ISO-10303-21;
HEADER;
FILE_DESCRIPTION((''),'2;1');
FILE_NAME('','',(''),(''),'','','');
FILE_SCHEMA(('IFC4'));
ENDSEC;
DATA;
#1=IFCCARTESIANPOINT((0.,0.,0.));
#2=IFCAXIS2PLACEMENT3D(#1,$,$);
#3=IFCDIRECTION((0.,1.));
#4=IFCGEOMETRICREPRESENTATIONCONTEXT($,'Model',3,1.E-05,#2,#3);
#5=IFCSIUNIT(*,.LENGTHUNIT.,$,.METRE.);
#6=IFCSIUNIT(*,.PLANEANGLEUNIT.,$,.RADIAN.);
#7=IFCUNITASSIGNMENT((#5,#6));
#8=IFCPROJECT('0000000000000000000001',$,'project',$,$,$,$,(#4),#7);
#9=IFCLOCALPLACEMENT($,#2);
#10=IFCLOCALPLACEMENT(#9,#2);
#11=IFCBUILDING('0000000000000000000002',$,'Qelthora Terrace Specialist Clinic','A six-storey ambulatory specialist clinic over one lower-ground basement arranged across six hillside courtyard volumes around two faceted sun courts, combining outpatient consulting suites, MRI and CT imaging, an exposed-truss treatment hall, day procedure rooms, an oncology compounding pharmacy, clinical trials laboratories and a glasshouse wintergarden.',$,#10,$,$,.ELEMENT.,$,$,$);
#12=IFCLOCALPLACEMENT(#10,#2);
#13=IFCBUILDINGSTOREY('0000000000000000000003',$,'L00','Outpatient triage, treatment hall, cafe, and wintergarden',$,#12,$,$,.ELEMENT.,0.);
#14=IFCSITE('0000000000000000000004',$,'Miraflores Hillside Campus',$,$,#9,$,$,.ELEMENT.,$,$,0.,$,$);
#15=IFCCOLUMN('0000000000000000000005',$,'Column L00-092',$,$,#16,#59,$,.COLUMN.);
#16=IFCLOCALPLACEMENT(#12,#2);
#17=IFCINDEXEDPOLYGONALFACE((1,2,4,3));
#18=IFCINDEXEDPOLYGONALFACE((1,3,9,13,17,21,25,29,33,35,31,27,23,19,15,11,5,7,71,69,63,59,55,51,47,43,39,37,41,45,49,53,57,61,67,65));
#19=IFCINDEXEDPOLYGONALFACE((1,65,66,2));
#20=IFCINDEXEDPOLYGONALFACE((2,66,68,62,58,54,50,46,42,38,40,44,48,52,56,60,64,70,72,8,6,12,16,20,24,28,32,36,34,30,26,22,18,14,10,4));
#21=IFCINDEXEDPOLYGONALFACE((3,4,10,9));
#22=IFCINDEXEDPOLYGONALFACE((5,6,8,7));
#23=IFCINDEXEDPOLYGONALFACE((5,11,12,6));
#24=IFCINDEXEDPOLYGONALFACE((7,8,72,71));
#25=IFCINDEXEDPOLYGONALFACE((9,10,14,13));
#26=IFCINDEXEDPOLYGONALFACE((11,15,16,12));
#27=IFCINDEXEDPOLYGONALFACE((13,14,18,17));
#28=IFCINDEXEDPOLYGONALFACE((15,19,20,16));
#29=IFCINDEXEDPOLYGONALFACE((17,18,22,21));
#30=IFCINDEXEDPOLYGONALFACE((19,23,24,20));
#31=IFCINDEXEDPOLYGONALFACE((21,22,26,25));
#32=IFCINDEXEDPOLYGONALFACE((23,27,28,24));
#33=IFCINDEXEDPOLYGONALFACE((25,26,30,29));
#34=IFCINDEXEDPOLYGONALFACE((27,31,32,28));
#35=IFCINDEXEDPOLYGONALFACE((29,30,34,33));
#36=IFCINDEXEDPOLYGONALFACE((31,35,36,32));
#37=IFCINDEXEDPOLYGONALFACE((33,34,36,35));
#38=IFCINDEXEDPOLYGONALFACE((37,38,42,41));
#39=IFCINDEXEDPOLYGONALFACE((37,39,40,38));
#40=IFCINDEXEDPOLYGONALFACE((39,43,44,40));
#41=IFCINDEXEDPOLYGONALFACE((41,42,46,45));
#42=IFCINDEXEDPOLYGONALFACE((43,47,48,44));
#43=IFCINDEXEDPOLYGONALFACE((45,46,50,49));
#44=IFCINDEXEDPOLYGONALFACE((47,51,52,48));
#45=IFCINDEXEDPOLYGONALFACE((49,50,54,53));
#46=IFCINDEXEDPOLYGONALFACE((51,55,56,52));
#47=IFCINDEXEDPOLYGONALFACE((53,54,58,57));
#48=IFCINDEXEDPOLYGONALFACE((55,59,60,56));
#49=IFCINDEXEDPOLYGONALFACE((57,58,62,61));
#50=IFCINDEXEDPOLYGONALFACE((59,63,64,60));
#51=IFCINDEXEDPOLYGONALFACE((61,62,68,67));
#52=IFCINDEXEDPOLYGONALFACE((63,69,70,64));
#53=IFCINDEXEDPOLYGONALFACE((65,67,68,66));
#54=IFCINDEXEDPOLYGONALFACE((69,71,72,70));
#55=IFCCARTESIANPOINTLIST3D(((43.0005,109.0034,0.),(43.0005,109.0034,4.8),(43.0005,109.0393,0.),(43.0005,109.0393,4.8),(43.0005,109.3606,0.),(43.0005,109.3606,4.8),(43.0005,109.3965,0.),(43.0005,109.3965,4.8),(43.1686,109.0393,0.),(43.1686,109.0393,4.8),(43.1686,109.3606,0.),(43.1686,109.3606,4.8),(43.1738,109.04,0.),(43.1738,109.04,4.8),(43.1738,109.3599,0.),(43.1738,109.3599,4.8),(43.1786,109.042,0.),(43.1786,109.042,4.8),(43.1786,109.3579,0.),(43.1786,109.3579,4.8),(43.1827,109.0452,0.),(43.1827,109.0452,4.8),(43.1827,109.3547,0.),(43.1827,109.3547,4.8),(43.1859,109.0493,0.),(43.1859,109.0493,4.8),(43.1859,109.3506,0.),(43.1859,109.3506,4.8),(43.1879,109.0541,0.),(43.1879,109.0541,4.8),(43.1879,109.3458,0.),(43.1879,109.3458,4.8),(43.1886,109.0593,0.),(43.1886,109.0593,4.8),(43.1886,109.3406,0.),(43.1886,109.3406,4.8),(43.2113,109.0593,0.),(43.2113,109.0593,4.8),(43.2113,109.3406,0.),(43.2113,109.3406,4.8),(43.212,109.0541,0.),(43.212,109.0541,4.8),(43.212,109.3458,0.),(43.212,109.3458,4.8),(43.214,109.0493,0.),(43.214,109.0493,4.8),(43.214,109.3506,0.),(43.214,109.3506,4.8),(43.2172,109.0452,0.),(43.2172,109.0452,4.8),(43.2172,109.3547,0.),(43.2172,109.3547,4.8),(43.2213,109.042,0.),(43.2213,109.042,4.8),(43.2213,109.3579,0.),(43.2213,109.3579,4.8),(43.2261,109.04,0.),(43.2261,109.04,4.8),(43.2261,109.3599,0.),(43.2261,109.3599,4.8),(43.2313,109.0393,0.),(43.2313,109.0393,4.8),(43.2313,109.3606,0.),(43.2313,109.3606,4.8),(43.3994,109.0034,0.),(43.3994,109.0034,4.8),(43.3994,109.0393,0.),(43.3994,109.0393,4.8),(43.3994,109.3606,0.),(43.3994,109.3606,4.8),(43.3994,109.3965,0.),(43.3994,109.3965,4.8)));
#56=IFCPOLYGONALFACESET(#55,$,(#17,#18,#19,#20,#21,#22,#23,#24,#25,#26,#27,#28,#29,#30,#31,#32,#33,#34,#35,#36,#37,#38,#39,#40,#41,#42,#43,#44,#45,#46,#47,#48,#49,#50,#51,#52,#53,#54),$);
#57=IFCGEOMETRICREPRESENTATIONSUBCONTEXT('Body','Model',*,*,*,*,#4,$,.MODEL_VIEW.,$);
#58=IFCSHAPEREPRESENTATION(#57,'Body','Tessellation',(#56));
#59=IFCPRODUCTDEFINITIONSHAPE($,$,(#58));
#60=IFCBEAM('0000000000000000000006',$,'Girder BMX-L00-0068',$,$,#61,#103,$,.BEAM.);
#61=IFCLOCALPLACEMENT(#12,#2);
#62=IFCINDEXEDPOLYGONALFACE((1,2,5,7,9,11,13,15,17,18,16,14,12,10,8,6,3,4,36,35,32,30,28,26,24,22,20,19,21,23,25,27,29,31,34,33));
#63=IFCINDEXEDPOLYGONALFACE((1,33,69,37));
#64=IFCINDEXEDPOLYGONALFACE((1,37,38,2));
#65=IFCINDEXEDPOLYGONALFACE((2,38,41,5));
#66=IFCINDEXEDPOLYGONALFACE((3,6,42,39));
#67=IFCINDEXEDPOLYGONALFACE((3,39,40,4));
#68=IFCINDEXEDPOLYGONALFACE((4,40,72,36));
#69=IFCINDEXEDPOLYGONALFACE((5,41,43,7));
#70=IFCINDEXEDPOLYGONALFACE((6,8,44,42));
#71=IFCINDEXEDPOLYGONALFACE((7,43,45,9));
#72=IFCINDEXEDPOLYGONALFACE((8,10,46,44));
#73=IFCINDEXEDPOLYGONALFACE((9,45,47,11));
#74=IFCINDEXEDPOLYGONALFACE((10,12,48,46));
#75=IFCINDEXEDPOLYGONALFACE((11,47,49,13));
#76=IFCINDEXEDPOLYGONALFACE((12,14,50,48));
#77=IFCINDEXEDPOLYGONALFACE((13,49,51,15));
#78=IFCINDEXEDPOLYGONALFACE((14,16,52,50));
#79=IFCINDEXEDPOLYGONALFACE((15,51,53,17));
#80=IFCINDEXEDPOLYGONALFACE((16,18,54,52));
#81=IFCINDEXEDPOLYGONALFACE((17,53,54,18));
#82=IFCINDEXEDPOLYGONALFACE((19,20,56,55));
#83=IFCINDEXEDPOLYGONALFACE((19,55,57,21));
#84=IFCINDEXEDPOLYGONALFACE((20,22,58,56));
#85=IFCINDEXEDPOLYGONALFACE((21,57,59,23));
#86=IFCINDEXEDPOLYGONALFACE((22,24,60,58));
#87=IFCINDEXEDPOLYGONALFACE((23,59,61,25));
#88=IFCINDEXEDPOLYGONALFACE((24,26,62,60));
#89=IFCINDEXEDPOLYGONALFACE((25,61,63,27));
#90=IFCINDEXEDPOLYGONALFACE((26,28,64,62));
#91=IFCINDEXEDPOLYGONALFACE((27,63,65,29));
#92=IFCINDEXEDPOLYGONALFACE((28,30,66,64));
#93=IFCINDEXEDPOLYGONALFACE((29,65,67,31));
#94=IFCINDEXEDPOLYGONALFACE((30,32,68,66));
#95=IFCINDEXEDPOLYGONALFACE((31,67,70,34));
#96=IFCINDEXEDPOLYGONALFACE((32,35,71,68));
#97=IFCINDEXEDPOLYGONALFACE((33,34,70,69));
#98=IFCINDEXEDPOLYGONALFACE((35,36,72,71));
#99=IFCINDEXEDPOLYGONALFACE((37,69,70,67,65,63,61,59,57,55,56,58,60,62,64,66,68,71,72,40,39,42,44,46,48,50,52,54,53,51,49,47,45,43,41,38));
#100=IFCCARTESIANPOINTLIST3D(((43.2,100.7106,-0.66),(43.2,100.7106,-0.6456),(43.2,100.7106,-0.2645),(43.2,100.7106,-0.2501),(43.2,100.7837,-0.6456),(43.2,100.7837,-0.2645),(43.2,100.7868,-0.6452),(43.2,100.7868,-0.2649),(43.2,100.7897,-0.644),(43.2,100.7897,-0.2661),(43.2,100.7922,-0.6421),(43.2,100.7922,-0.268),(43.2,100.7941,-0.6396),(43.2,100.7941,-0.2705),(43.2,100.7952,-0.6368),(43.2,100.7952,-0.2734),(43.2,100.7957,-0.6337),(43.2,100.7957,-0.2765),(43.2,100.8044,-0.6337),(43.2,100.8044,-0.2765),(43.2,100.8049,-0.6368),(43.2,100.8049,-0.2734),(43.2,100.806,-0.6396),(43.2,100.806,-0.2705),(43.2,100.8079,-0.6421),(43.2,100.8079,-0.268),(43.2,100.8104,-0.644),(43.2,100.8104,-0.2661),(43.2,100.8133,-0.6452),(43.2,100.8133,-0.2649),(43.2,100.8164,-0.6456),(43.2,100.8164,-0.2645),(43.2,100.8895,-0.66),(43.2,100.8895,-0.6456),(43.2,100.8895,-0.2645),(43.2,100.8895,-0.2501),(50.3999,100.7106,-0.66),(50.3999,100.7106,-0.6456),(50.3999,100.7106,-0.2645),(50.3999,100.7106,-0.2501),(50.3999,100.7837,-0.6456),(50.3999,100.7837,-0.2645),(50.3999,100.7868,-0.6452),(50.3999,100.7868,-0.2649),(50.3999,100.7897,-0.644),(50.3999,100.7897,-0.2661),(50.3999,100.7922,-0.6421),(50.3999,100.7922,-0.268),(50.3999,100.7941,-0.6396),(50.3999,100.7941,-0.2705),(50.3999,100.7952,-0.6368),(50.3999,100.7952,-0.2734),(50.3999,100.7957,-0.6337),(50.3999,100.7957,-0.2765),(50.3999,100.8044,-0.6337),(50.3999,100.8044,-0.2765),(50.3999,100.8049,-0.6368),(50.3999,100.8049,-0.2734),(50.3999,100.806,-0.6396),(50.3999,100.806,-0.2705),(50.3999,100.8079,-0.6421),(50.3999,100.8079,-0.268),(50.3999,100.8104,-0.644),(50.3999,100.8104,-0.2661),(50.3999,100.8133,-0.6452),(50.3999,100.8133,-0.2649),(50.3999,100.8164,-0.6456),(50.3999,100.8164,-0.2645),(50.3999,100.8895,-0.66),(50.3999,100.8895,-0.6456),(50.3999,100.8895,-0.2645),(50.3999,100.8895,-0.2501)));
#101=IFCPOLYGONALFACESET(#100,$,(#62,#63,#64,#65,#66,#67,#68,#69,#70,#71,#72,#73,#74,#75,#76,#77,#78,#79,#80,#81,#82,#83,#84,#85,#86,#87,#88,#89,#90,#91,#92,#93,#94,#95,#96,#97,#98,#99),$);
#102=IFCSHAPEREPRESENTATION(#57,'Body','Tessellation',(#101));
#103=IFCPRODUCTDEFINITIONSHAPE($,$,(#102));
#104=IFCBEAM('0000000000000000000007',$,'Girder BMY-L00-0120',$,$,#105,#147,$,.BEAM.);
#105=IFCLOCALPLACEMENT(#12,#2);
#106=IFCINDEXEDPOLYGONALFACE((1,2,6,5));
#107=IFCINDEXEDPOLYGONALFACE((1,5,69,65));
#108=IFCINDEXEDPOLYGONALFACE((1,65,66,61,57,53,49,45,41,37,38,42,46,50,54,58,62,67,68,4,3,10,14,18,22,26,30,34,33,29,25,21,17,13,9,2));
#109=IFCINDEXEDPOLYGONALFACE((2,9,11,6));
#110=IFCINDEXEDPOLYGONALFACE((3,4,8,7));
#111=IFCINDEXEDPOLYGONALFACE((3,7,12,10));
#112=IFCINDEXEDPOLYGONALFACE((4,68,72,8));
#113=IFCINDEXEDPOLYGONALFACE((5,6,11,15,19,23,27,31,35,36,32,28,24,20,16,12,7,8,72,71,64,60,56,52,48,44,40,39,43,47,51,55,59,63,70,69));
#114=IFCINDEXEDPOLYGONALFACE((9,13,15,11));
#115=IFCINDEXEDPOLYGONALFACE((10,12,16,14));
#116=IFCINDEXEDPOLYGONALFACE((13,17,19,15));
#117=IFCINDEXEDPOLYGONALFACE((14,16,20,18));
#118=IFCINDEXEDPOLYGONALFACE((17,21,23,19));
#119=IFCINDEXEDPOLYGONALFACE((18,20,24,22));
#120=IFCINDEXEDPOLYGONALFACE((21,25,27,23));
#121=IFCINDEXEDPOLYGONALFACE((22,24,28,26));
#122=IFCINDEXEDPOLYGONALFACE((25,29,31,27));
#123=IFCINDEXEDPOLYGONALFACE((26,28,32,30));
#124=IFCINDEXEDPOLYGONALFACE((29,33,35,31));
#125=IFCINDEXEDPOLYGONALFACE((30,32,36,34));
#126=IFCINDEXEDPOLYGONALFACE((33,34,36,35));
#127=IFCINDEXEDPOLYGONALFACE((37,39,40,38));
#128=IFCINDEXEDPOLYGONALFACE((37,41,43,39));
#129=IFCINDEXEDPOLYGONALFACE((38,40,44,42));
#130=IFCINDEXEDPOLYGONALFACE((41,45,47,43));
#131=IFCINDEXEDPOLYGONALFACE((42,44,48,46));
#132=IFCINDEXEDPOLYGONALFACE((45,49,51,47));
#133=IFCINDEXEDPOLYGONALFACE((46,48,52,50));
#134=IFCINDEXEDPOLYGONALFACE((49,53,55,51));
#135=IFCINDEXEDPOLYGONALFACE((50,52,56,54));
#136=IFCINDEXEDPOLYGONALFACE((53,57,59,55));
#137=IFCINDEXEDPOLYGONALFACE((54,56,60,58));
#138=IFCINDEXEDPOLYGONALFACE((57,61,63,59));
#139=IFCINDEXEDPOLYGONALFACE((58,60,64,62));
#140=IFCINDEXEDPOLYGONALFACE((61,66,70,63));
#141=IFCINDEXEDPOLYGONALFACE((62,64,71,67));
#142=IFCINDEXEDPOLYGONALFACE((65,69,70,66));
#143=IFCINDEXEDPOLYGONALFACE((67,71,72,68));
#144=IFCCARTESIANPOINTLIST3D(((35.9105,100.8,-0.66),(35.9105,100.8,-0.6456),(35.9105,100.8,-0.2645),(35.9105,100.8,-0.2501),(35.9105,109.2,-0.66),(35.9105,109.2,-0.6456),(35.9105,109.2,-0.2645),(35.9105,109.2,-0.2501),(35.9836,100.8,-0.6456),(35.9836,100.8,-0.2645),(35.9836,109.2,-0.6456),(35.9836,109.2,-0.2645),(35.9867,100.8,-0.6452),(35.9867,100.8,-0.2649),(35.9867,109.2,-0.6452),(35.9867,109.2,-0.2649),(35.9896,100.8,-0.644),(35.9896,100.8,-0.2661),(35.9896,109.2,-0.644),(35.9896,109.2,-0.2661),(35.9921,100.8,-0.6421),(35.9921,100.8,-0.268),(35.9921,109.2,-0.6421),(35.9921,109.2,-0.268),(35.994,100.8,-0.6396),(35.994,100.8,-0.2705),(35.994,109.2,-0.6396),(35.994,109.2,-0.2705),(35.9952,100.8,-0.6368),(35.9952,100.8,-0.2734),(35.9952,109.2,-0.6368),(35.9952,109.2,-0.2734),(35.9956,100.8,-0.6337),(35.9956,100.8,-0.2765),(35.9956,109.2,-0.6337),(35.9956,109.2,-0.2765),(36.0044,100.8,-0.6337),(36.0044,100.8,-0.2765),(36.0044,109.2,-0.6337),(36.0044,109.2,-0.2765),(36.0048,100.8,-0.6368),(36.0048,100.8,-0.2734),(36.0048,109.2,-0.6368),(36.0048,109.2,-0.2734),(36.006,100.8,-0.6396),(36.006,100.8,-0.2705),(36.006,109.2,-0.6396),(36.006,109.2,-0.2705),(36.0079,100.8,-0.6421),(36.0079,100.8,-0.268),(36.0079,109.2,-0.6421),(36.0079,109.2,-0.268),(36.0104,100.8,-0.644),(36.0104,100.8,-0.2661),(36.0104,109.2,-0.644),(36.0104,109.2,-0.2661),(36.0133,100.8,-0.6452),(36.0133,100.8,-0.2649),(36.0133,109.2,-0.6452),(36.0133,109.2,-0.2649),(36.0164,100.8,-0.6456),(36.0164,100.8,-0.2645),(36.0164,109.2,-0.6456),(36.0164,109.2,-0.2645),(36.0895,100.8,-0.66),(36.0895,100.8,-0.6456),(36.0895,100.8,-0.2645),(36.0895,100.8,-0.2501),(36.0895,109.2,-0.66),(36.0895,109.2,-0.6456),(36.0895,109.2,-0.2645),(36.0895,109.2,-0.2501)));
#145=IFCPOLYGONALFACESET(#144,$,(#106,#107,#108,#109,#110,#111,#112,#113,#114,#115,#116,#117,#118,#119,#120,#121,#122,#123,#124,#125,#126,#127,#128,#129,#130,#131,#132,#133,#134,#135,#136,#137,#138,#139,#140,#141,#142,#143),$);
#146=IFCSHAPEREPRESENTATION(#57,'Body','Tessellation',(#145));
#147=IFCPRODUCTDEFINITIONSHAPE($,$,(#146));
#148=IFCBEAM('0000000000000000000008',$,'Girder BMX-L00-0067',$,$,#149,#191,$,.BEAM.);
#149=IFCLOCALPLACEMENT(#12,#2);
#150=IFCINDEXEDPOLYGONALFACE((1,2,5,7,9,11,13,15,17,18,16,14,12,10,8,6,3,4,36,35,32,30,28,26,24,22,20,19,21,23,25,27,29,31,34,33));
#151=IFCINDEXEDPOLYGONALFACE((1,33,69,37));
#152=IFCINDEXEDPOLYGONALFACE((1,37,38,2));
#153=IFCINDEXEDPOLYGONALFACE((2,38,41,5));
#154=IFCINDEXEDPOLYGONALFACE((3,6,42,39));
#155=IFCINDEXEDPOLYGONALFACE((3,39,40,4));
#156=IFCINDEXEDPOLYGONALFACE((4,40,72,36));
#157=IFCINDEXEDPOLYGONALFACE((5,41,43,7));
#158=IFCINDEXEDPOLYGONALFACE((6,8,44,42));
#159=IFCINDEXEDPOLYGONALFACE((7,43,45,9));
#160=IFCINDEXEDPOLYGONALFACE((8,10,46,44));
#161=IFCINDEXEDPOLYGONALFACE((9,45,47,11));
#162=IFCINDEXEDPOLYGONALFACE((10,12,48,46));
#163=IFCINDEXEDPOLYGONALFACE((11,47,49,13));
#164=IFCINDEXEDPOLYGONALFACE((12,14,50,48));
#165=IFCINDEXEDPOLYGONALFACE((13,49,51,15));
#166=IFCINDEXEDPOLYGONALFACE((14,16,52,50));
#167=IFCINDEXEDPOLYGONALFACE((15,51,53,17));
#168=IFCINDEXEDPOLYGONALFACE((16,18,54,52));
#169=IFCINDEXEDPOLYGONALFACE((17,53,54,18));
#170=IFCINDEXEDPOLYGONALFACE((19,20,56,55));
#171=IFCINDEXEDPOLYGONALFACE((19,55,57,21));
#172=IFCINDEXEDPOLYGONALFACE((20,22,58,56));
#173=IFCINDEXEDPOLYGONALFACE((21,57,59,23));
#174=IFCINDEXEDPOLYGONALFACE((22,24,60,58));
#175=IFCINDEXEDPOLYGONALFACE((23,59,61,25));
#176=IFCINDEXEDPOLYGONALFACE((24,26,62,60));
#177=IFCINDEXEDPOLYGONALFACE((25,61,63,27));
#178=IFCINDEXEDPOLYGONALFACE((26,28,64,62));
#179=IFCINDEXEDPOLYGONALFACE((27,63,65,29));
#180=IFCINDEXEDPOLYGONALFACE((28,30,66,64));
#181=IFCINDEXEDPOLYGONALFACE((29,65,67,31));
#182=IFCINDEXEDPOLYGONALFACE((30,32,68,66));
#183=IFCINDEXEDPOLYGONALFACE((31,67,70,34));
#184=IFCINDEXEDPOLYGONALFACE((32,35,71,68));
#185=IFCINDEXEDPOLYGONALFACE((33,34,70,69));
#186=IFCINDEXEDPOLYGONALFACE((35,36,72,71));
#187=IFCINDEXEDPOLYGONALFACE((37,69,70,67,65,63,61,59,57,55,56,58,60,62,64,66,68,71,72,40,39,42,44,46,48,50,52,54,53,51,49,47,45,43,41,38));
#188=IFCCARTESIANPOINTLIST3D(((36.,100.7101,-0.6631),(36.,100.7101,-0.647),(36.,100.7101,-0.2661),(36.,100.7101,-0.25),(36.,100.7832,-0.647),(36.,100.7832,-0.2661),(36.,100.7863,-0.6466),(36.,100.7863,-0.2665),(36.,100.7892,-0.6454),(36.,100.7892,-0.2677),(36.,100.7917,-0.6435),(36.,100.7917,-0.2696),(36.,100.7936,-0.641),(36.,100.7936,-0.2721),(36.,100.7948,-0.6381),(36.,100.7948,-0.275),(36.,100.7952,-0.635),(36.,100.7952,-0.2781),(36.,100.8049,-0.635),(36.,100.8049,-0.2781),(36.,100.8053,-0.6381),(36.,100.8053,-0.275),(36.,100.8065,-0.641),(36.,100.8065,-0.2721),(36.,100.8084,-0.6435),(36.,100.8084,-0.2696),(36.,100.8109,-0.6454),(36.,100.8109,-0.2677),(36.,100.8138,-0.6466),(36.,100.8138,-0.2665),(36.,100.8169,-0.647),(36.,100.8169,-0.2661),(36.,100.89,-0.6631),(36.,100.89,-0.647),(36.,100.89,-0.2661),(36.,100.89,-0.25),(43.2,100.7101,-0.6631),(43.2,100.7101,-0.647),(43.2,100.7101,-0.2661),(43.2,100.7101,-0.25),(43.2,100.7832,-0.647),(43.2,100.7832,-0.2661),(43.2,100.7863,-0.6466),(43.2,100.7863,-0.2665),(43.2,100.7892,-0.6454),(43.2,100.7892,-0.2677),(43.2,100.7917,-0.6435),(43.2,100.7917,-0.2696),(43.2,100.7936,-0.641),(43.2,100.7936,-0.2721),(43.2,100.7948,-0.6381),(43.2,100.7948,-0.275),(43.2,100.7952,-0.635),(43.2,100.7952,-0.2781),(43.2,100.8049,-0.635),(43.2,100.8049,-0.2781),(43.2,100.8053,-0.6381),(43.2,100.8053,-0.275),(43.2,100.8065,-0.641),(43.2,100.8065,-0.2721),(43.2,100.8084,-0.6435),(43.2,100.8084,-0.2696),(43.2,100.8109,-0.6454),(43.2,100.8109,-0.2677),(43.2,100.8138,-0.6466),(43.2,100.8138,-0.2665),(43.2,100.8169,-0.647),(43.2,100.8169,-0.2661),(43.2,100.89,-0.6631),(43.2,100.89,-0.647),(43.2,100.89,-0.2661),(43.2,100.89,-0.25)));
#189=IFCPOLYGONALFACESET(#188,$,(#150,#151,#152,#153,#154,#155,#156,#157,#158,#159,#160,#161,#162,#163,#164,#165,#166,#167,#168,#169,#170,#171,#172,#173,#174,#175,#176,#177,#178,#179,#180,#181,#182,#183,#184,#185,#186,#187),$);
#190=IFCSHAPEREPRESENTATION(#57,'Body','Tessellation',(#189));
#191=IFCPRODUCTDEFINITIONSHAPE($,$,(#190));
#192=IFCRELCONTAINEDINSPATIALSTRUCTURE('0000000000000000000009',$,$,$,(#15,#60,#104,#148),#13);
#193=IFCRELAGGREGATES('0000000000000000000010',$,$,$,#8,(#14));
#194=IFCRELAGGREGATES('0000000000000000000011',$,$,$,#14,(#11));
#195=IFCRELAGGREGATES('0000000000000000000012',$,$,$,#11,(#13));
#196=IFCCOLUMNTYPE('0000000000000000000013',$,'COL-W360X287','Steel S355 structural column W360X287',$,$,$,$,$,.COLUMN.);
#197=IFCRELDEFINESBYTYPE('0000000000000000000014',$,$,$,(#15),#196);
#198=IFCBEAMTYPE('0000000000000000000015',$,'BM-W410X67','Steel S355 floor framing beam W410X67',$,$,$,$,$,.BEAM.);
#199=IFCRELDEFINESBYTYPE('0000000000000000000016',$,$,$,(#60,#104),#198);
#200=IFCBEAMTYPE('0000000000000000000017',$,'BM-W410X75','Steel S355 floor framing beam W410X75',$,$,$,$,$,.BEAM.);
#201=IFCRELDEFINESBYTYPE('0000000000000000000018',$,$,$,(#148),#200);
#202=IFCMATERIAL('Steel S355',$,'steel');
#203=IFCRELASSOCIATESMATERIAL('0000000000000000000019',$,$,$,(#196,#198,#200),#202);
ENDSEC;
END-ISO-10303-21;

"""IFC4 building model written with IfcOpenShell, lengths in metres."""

from ifc_helpers import new_model, si_unit, direction, frame, origin, origin_2d, place, context, subcontext, project, spatial, i_section, extrude, material, material_profile, profile_set, type_object, element, save


model = new_model("IFC4")

# Units and contexts
model_context = context("Model", 3, precision=1e-05, world=origin(), true_north=direction((0.0, 1.0)))
body_context = subcontext(model_context, "Body", "Model", "MODEL_VIEW")
ifc_project = project(units=[si_unit("LENGTHUNIT", "METRE"), si_unit("PLANEANGLEUNIT", "RADIAN")], contexts=[model_context])

# Site, building, storey
site_placement = place(None, origin())
site = spatial("IfcSite", under=ifc_project, at=site_placement, Name="Miraflores Hillside Campus", CompositionType="ELEMENT", RefElevation=0.0)
building_placement = place(site_placement, origin())
building = spatial("IfcBuilding", under=site, at=building_placement, Name="Qelthora Terrace Specialist Clinic", Description="A six-storey ambulatory specialist clinic over one lower-ground basement arranged across six hillside courtyard volumes around two faceted sun courts, combining outpatient consulting suites, MRI and CT imaging, an exposed-truss treatment hall, day procedure rooms, an oncology compounding pharmacy, clinical trials laboratories and a glasshouse wintergarden.", CompositionType="ELEMENT")
storey_placement = place(building_placement, origin())
storey = spatial("IfcBuildingStorey", under=building, at=storey_placement, Name="L00", Description="Outpatient triage, treatment hall, cafe, and wintergarden", CompositionType="ELEMENT", Elevation=0.0)

# Column
ifc_material_1 = material(Name="Steel S355", Category="steel")
ifc_material_profile_1 = material_profile(ifc_material_1, i_section(OverallWidth=0.3989, OverallDepth=0.3931, WebThickness=0.0227, FlangeThickness=0.0359, FilletRadius=0.02, at=origin_2d()), Name="W360X287")
ifc_profile_set_1 = profile_set([ifc_material_profile_1], Name="Steel S355")
column_type_1 = type_object("IfcColumnType", Name="COL-W360X287", Description="Steel S355 structural column W360X287", PredefinedType="COLUMN", material=ifc_profile_set_1)
for number, where, z_axis, x_axis, name in (
    (1, (43.2, 109.2, 0.0), (0.0, 0.0, 1.0), (1.0, 0.0, 0.0), "Column L00-092"),
):
    element("IfcColumn", number, at=place(storey_placement, frame(where, z_axis=z_axis, x_axis=x_axis)), inside=storey, type_object=column_type_1, Name=name, PredefinedType="COLUMN", context=body_context, shape_type="SweptSolid", body=[
        extrude(i_section(OverallWidth=0.3989, OverallDepth=0.3931, WebThickness=0.0227, FlangeThickness=0.0359, FilletRadius=0.02, at=origin_2d()), origin(), (0.0, 0.0, 1.0), 4.8),
    ])

# Beams
ifc_material_profile_2 = material_profile(ifc_material_1, i_section(OverallWidth=0.179, OverallDepth=0.4099, WebThickness=0.0088, FlangeThickness=0.0144, FilletRadius=0.012, at=origin_2d()), Name="W410X67")
ifc_profile_set_2 = profile_set([ifc_material_profile_2], Name="Steel S355")
beam_type_1 = type_object("IfcBeamType", Name="BM-W410X67", Description="Steel S355 floor framing beam W410X67", PredefinedType="BEAM", material=ifc_profile_set_2)
beam_1_placement = place(storey_placement, frame((43.2, 100.8, -0.4551), z_axis=(1.0, 0.0, 0.0), x_axis=(0.0, 1.0, 0.0)))
element("IfcBeam", 2, at=beam_1_placement, inside=storey, type_object=beam_type_1, Name="Girder BMX-L00-0068", PredefinedType="BEAM", context=body_context, shape_type="SweptSolid", body=[
    extrude(i_section(OverallWidth=0.179, OverallDepth=0.4099, WebThickness=0.0088, FlangeThickness=0.0144, FilletRadius=0.012, at=origin_2d()), origin(), (0.0, 0.0, 1.0), 7.2),
])
beam_2_placement = place(storey_placement, frame((36.0, 100.8, -0.4551), z_axis=(0.0, 1.0, 0.0), x_axis=(-1.0, 0.0, 0.0)))
element("IfcBeam", 3, at=beam_2_placement, inside=storey, type_object=beam_type_1, Name="Girder BMY-L00-0120", PredefinedType="BEAM", context=body_context, shape_type="SweptSolid", body=[
    extrude(i_section(OverallWidth=0.179, OverallDepth=0.4099, WebThickness=0.0088, FlangeThickness=0.0144, FilletRadius=0.012, at=origin_2d()), origin(), (0.0, 0.0, 1.0), 8.3999),
])
ifc_material_profile_3 = material_profile(ifc_material_1, i_section(OverallWidth=0.1799, OverallDepth=0.4131, WebThickness=0.0098, FlangeThickness=0.0161, FilletRadius=0.012, at=origin_2d()), Name="W410X75")
ifc_profile_set_3 = profile_set([ifc_material_profile_3], Name="Steel S355")
beam_type_2 = type_object("IfcBeamType", Name="BM-W410X75", Description="Steel S355 floor framing beam W410X75", PredefinedType="BEAM", material=ifc_profile_set_3)
beam_3_placement = place(storey_placement, frame((36.0, 100.8, -0.4565), z_axis=(1.0, 0.0, 0.0), x_axis=(0.0, 1.0, 0.0)))
element("IfcBeam", 4, at=beam_3_placement, inside=storey, type_object=beam_type_2, Name="Girder BMX-L00-0067", PredefinedType="BEAM", context=body_context, shape_type="SweptSolid", body=[
    extrude(i_section(OverallWidth=0.1799, OverallDepth=0.4131, WebThickness=0.0098, FlangeThickness=0.0161, FilletRadius=0.012, at=origin_2d()), origin(), (0.0, 0.0, 1.0), 7.2),
])

save(model, "model.ifc")
